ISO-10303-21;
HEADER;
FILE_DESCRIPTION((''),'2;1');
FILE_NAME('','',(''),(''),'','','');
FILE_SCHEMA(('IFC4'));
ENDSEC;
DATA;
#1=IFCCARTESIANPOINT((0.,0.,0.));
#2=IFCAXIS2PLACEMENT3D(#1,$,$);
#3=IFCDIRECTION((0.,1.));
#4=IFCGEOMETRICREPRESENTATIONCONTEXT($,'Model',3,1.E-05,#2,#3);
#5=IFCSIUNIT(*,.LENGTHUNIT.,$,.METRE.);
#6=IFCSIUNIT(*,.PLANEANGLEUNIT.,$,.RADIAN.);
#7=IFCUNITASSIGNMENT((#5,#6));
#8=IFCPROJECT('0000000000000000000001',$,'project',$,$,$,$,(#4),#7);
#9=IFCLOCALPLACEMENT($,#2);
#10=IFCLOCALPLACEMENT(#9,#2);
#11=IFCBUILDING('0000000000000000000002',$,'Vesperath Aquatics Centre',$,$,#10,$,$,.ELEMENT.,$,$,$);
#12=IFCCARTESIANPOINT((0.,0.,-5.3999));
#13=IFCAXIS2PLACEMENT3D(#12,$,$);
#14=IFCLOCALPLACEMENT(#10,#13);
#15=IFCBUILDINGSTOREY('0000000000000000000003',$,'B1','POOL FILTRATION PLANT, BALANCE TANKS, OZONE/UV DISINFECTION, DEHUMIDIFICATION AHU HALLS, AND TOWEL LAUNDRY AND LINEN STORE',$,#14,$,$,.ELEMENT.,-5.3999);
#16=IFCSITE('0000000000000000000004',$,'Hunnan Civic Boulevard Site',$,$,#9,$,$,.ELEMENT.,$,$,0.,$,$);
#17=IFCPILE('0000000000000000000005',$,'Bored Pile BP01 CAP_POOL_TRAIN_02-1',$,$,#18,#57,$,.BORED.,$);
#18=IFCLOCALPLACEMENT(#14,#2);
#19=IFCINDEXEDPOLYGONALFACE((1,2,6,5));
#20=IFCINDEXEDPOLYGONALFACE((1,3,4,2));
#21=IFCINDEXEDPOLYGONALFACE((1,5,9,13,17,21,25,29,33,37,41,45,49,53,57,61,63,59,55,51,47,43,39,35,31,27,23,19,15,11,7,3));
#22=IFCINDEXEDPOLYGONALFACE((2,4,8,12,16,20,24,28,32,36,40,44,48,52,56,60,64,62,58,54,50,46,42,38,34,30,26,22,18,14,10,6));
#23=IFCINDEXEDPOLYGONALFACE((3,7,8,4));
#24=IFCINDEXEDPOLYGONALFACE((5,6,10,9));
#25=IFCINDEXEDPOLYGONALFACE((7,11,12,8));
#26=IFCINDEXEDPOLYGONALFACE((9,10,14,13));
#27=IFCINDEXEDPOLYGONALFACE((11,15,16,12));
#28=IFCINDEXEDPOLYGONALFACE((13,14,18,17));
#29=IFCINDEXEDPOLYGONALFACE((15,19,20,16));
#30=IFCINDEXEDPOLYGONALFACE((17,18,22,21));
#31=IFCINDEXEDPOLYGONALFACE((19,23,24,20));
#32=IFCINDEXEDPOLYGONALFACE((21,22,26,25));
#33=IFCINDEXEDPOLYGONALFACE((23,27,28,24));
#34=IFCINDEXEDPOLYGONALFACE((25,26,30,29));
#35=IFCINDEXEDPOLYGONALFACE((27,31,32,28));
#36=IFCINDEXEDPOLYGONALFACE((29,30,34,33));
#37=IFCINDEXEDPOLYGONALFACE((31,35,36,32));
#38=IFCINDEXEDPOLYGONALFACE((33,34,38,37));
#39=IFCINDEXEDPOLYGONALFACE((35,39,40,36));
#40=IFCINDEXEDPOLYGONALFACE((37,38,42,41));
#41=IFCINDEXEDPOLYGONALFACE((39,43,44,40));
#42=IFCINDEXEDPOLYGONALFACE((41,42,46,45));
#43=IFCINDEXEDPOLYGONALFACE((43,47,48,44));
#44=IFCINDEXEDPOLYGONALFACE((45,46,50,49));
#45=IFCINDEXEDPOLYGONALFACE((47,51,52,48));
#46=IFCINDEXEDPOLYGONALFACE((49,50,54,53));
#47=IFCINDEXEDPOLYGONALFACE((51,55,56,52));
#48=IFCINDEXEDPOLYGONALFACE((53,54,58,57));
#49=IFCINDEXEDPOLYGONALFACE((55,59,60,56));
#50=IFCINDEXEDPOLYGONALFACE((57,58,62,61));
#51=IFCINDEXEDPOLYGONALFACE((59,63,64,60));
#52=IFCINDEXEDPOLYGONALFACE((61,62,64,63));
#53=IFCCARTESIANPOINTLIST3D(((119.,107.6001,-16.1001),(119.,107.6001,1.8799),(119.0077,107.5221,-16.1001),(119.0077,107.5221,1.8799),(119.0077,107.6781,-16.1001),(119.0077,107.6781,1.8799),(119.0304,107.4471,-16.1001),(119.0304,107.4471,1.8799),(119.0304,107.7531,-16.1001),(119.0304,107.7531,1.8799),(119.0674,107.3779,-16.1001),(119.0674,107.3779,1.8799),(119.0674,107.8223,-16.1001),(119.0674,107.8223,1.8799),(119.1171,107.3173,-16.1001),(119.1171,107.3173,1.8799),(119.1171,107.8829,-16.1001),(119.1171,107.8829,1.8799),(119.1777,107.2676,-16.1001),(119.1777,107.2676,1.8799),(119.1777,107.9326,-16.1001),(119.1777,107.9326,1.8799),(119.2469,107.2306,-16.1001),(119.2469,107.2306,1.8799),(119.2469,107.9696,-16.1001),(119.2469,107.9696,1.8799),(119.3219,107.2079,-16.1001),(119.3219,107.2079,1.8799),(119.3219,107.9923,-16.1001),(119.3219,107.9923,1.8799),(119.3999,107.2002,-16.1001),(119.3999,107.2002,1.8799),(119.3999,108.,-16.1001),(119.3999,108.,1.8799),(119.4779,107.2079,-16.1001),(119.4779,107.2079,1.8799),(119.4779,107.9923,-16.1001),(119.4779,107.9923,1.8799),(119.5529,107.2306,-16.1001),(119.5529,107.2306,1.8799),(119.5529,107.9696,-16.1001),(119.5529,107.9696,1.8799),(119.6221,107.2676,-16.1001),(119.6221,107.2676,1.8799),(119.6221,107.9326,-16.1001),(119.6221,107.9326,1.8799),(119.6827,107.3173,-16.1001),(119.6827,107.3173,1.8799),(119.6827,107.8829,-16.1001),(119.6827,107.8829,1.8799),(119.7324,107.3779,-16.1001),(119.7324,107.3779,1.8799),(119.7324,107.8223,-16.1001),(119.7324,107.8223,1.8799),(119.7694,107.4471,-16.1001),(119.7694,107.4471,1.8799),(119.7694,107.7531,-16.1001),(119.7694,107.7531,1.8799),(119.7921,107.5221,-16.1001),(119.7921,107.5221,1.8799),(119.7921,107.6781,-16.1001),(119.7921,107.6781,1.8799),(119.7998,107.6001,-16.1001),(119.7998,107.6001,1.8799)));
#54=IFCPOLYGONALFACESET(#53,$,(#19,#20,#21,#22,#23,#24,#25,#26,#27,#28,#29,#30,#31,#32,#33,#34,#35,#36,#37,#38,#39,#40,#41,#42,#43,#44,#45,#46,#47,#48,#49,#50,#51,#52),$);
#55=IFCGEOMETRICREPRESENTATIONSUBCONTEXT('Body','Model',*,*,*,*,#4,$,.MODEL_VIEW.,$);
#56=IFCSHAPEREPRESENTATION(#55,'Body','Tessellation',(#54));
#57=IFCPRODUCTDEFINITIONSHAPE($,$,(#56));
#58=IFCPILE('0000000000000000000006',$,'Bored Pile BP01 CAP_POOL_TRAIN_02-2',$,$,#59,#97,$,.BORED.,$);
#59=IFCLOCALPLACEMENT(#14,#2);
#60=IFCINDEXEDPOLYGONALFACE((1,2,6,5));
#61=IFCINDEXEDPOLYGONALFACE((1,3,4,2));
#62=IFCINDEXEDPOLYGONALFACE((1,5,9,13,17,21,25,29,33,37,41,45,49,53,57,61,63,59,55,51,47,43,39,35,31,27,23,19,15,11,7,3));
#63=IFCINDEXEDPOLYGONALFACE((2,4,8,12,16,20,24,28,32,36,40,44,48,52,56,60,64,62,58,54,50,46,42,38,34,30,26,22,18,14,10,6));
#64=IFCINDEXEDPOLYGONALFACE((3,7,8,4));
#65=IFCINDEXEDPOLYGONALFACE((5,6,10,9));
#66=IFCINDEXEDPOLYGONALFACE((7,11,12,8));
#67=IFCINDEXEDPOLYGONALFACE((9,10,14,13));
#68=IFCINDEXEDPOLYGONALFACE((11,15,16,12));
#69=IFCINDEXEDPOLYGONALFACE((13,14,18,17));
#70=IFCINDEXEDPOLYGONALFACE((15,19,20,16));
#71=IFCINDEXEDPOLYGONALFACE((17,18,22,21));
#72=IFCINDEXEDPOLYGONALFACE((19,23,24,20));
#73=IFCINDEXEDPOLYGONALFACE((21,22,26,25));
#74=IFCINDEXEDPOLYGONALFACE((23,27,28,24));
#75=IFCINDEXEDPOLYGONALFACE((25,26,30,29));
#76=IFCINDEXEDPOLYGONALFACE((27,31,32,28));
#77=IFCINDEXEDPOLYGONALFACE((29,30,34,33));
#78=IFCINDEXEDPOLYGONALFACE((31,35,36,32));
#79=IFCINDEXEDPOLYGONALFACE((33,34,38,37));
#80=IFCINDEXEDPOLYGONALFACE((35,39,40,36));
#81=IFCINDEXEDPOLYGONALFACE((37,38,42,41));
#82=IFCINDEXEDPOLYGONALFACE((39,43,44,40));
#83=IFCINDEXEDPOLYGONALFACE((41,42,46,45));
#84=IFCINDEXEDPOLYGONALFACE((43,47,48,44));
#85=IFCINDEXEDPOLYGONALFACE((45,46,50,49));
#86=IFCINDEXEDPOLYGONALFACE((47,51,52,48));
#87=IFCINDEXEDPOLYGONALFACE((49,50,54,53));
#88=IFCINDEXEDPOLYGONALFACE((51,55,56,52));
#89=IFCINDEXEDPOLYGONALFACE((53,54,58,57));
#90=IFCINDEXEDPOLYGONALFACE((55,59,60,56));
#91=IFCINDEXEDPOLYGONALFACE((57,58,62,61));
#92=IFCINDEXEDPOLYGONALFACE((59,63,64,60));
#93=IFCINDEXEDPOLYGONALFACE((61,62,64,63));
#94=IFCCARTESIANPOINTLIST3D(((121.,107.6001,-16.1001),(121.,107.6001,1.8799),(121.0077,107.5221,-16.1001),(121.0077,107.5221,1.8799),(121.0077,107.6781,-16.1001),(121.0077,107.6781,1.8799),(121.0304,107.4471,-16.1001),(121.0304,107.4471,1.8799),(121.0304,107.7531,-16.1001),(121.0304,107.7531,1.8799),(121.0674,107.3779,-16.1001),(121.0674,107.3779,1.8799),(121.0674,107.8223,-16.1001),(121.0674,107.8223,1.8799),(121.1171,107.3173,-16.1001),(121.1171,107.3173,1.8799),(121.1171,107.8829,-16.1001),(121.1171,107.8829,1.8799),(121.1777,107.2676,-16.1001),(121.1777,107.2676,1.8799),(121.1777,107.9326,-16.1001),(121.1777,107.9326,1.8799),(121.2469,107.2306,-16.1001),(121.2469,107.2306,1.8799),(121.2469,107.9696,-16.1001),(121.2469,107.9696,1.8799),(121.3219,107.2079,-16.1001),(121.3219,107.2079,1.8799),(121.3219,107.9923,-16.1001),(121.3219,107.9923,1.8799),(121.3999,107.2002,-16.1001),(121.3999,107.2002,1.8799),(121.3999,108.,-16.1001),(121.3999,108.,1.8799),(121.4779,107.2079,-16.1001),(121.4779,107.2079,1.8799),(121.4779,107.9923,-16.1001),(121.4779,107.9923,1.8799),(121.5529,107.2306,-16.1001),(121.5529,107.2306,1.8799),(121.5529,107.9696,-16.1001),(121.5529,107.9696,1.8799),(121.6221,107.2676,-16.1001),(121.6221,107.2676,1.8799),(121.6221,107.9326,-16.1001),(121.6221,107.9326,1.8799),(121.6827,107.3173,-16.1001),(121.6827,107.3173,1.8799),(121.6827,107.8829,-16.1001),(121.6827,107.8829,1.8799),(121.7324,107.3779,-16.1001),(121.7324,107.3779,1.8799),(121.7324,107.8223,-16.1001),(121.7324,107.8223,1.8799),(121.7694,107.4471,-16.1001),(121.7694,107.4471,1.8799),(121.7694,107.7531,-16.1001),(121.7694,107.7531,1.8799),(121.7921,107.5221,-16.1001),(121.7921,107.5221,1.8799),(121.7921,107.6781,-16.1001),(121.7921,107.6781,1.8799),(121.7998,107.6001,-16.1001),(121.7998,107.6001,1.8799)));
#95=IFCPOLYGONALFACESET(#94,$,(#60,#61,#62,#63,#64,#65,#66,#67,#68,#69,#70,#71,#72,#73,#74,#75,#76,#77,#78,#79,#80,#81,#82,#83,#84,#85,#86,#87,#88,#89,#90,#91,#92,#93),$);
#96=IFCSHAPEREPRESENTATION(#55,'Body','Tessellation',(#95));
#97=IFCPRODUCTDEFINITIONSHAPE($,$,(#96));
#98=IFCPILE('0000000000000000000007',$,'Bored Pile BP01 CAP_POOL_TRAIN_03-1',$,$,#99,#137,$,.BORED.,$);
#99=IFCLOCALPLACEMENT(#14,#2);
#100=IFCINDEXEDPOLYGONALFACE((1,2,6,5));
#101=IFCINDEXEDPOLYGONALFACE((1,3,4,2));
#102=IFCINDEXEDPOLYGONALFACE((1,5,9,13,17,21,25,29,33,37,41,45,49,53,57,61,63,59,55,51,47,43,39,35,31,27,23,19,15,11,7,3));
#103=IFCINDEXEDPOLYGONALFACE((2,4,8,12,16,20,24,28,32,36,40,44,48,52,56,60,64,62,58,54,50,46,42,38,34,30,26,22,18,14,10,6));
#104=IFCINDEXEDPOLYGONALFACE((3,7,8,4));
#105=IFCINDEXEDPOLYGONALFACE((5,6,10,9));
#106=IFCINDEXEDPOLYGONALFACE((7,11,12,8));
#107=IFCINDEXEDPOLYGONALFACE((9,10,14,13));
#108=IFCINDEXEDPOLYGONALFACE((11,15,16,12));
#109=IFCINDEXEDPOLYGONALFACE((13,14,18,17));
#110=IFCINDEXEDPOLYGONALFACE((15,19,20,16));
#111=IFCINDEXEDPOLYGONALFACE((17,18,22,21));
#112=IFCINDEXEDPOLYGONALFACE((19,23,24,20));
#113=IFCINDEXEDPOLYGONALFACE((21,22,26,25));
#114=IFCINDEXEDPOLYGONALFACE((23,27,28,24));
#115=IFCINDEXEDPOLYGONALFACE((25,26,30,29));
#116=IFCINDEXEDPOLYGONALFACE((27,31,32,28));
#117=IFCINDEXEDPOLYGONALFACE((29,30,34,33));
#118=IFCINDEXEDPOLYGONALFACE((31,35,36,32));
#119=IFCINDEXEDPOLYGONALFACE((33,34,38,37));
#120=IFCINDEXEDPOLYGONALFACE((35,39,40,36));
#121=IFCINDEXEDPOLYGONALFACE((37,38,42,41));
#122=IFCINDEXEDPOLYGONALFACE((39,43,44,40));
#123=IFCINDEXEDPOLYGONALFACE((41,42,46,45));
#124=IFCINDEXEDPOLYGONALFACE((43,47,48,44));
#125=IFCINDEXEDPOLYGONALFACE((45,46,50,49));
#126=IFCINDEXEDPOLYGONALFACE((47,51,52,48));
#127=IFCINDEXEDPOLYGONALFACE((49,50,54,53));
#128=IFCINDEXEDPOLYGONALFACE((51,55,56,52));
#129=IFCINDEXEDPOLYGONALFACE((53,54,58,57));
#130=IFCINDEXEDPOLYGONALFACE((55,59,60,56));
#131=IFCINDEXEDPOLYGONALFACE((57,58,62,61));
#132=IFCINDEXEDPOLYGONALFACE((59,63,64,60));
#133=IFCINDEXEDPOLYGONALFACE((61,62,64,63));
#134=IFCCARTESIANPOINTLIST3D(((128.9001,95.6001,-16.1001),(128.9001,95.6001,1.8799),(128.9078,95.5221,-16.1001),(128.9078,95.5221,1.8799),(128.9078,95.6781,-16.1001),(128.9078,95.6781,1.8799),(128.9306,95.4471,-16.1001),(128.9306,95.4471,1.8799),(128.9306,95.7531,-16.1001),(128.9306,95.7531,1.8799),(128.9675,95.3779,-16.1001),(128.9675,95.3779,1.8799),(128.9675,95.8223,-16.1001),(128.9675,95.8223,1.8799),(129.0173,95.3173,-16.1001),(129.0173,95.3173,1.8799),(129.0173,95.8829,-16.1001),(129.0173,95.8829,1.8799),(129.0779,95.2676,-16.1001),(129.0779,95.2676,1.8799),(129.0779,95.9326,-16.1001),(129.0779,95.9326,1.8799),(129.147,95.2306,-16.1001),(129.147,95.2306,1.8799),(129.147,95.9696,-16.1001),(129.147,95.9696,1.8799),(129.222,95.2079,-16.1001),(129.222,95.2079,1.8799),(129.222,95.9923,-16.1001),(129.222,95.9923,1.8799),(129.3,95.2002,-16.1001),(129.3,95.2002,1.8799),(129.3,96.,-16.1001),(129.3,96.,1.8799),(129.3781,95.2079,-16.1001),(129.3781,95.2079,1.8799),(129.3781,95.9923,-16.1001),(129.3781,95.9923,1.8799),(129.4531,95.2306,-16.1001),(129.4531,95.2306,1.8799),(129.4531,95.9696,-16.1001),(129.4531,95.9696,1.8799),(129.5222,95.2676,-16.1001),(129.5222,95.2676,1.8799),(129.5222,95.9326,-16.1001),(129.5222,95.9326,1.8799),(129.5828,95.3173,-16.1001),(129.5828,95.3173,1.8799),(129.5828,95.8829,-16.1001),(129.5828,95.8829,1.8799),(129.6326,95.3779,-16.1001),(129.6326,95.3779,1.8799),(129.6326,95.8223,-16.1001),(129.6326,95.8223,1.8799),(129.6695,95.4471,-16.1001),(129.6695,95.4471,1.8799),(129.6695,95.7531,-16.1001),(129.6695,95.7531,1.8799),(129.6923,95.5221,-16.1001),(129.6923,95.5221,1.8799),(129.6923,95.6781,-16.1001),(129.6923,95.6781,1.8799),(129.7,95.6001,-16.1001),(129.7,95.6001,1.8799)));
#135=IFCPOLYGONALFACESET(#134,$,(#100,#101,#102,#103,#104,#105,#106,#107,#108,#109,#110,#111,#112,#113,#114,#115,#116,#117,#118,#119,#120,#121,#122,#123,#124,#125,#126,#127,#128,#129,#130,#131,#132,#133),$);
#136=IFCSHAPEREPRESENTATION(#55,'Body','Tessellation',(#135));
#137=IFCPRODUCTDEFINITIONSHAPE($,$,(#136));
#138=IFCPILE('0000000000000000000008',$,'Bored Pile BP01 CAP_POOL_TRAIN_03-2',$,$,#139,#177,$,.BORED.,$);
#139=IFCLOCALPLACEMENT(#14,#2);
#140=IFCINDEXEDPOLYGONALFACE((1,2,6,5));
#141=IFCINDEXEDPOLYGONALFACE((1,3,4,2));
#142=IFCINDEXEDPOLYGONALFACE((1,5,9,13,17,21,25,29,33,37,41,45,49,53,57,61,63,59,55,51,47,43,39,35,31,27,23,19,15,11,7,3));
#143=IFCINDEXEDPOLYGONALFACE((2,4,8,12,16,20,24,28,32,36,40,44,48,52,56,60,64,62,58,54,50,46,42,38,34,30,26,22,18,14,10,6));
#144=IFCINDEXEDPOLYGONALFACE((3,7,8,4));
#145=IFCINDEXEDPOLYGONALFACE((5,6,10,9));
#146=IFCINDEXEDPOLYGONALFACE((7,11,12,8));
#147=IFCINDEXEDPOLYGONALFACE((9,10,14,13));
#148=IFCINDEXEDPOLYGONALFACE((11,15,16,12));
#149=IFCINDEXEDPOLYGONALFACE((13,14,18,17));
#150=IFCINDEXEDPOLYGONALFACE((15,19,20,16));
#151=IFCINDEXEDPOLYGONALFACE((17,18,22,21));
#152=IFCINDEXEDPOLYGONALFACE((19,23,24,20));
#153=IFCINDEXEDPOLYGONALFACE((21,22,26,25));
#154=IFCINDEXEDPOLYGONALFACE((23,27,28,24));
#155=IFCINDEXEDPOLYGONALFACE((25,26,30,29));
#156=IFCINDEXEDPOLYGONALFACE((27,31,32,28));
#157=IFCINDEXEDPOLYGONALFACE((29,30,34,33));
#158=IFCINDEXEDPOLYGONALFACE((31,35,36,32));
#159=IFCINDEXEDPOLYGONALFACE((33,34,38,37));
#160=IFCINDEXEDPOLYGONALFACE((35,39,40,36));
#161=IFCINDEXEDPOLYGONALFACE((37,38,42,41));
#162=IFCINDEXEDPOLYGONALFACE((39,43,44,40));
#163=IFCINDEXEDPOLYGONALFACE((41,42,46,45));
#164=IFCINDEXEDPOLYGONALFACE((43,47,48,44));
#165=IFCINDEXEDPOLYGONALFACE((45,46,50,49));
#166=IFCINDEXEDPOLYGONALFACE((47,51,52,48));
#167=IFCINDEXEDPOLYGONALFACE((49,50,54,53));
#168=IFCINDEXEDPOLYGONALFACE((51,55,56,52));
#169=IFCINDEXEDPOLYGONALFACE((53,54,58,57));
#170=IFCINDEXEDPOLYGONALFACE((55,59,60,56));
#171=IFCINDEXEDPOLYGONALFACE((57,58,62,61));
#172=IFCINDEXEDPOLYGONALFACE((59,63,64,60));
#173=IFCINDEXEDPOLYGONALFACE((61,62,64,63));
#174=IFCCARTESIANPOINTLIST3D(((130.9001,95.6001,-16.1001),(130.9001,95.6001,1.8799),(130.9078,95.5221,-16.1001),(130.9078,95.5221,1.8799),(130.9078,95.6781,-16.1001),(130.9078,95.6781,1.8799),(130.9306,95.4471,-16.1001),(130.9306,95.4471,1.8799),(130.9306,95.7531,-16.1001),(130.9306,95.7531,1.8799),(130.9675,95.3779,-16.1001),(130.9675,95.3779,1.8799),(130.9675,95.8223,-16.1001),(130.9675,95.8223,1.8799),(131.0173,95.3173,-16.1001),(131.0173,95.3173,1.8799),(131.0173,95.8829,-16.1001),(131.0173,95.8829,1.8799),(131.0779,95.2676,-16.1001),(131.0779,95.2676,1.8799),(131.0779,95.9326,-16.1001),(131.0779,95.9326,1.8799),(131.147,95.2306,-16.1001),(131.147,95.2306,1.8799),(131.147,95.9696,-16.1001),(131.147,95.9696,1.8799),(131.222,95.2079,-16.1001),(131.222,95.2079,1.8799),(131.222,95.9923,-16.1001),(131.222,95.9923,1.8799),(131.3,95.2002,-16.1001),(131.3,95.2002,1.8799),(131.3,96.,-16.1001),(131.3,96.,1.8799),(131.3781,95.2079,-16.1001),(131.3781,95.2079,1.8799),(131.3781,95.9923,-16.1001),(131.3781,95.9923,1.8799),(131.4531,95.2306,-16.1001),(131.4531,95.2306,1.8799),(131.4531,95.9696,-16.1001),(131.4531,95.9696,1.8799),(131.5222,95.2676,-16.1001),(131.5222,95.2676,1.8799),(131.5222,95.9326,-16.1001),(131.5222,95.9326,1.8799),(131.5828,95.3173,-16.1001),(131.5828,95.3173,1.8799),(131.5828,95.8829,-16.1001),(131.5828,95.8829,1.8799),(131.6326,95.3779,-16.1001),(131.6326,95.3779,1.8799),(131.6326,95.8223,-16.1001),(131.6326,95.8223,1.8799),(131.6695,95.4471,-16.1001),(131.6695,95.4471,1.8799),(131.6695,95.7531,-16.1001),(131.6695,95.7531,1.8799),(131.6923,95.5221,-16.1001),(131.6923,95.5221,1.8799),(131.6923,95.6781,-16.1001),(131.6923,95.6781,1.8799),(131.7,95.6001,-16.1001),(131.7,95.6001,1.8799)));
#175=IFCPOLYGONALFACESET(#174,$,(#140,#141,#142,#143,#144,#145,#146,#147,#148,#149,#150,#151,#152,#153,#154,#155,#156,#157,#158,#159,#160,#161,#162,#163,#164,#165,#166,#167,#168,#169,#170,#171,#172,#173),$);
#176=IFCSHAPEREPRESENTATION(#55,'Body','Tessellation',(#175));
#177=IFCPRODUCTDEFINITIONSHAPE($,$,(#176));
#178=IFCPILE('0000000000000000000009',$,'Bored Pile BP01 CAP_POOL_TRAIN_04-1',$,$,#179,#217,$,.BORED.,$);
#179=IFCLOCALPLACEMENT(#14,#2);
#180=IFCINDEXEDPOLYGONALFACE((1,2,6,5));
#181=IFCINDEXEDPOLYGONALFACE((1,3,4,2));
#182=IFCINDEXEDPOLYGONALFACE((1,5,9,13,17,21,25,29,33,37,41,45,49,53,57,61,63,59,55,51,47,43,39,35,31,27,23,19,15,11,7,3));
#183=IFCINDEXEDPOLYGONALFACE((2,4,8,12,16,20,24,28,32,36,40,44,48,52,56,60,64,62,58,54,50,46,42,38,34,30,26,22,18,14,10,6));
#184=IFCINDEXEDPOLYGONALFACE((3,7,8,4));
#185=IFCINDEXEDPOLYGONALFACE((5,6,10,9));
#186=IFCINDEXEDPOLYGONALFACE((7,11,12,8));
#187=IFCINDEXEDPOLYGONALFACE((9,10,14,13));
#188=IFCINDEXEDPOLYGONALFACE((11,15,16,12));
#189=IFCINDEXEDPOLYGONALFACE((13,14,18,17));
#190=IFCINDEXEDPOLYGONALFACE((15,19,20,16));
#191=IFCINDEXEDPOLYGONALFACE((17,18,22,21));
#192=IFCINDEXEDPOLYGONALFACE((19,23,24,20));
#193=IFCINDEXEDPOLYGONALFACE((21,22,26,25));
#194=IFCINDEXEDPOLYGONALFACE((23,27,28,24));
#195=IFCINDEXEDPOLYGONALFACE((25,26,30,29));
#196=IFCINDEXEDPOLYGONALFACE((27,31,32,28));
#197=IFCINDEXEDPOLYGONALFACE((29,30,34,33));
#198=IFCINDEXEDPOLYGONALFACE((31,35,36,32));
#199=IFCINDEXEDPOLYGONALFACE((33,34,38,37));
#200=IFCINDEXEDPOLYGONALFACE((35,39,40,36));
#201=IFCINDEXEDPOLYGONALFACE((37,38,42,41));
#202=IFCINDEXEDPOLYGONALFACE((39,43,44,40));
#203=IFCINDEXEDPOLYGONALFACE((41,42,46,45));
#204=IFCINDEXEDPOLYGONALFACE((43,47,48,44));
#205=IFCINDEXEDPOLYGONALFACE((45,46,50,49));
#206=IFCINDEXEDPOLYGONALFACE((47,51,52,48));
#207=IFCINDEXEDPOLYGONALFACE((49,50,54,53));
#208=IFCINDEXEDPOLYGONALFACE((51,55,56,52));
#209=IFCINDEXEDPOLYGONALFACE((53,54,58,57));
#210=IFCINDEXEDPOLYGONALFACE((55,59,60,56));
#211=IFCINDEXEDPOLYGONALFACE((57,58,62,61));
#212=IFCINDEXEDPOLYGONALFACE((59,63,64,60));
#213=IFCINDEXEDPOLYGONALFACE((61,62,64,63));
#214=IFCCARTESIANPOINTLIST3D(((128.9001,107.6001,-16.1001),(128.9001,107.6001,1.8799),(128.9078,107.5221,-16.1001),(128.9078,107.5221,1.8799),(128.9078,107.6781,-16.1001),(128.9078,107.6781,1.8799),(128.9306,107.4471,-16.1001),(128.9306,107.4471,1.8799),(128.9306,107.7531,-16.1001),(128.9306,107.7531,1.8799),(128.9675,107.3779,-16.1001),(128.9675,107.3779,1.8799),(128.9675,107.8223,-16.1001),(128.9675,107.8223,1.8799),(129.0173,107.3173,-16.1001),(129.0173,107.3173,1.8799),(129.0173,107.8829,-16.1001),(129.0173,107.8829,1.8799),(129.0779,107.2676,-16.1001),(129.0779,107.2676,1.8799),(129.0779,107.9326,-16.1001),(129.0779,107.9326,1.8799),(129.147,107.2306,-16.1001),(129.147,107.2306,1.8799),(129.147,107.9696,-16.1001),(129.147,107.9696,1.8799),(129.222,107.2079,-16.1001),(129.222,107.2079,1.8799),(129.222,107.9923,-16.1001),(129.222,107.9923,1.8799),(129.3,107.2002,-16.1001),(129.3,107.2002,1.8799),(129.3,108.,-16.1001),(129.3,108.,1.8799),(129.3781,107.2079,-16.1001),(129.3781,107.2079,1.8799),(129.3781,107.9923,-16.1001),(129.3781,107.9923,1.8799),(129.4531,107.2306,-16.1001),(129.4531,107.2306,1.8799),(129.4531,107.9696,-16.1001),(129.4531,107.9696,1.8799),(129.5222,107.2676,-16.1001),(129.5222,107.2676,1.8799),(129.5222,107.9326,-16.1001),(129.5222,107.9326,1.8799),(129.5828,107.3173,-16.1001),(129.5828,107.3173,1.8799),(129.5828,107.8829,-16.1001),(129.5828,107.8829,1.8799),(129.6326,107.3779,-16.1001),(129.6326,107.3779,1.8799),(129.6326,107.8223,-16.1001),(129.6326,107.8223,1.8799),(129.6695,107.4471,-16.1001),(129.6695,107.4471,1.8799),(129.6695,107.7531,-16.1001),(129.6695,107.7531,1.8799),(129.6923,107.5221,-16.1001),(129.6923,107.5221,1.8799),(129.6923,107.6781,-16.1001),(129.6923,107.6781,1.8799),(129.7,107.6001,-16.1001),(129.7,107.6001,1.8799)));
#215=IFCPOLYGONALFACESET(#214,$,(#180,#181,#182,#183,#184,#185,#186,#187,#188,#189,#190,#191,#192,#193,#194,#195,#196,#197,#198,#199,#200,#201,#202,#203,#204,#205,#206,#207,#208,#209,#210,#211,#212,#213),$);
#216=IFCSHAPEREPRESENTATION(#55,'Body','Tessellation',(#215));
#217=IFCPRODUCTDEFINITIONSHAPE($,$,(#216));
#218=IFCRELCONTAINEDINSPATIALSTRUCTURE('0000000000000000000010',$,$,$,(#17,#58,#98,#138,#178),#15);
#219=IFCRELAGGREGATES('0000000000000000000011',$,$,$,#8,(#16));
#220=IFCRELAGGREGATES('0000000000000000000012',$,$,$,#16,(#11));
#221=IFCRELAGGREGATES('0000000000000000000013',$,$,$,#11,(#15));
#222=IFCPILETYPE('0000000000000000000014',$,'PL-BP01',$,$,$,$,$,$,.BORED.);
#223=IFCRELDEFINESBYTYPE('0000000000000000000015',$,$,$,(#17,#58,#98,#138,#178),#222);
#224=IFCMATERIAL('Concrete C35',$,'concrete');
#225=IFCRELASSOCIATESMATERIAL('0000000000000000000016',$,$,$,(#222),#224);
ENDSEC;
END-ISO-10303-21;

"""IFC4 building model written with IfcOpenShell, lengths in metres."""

from ifc_helpers import new_model, si_unit, direction, frame, origin, origin_2d, place, context, subcontext, project, spatial, circle, extrude, material, material_profile, profile_set, type_object, element, save


model = new_model("IFC4")

# Units and contexts
model_context = context("Model", 3, precision=1e-05, world=origin(), true_north=direction((0.0, 1.0)))
body_context = subcontext(model_context, "Body", "Model", "MODEL_VIEW")
ifc_project = project(units=[si_unit("LENGTHUNIT", "METRE"), si_unit("PLANEANGLEUNIT", "RADIAN")], contexts=[model_context])

# Site, building, storey
site_placement = place(None, origin())
site = spatial("IfcSite", under=ifc_project, at=site_placement, Name="Hunnan Civic Boulevard Site", CompositionType="ELEMENT", RefElevation=0.0)
building_placement = place(site_placement, origin())
building = spatial("IfcBuilding", under=site, at=building_placement, Name="Vesperath Aquatics Centre", CompositionType="ELEMENT")
storey_placement = place(building_placement, frame((0.0, 0.0, -5.3999)))
storey = spatial("IfcBuildingStorey", under=building, at=storey_placement, Name="B1", Description="POOL FILTRATION PLANT, BALANCE TANKS, OZONE/UV DISINFECTION, DEHUMIDIFICATION AHU HALLS, AND TOWEL LAUNDRY AND LINEN STORE", CompositionType="ELEMENT", Elevation=-5.3999)

# Piles
ifc_material_1 = material(Name="Concrete C35", Category="concrete")
ifc_material_profile_1 = material_profile(ifc_material_1, circle(Radius=0.3999, at=origin_2d()), Name="PILE D800")
ifc_profile_set_1 = profile_set([ifc_material_profile_1], Name="Concrete C35")
pile_type = type_object("IfcPileType", Name="PL-BP01", PredefinedType="BORED", material=ifc_profile_set_1)
for number, where, z_axis, x_axis, name in (
    (1, (119.3999, 107.6001, 1.8799), (0.0, 0.0, -1.0), (1.0, 0.0, 0.0), "Bored Pile BP01 CAP_POOL_TRAIN_02-1"),
    (2, (121.3999, 107.6001, 1.8799), (0.0, 0.0, -1.0), (1.0, 0.0, 0.0), "Bored Pile BP01 CAP_POOL_TRAIN_02-2"),
    (3, (129.3, 95.6001, 1.8799), (0.0, 0.0, -1.0), (1.0, 0.0, 0.0), "Bored Pile BP01 CAP_POOL_TRAIN_03-1"),
    (4, (131.3, 95.6001, 1.8799), (0.0, 0.0, -1.0), (1.0, 0.0, 0.0), "Bored Pile BP01 CAP_POOL_TRAIN_03-2"),
    (5, (129.3, 107.6001, 1.8799), (0.0, 0.0, -1.0), (1.0, 0.0, 0.0), "Bored Pile BP01 CAP_POOL_TRAIN_04-1"),
):
    element("IfcPile", number, at=place(storey_placement, frame(where, z_axis=z_axis, x_axis=x_axis)), inside=storey, type_object=pile_type, Name=name, PredefinedType="BORED", context=body_context, shape_type="SweptSolid", body=[
        extrude(circle(Radius=0.3999, at=origin_2d()), origin(), (0.0, 0.0, 1.0), 17.98),
    ])

save(model, "model.ifc")
